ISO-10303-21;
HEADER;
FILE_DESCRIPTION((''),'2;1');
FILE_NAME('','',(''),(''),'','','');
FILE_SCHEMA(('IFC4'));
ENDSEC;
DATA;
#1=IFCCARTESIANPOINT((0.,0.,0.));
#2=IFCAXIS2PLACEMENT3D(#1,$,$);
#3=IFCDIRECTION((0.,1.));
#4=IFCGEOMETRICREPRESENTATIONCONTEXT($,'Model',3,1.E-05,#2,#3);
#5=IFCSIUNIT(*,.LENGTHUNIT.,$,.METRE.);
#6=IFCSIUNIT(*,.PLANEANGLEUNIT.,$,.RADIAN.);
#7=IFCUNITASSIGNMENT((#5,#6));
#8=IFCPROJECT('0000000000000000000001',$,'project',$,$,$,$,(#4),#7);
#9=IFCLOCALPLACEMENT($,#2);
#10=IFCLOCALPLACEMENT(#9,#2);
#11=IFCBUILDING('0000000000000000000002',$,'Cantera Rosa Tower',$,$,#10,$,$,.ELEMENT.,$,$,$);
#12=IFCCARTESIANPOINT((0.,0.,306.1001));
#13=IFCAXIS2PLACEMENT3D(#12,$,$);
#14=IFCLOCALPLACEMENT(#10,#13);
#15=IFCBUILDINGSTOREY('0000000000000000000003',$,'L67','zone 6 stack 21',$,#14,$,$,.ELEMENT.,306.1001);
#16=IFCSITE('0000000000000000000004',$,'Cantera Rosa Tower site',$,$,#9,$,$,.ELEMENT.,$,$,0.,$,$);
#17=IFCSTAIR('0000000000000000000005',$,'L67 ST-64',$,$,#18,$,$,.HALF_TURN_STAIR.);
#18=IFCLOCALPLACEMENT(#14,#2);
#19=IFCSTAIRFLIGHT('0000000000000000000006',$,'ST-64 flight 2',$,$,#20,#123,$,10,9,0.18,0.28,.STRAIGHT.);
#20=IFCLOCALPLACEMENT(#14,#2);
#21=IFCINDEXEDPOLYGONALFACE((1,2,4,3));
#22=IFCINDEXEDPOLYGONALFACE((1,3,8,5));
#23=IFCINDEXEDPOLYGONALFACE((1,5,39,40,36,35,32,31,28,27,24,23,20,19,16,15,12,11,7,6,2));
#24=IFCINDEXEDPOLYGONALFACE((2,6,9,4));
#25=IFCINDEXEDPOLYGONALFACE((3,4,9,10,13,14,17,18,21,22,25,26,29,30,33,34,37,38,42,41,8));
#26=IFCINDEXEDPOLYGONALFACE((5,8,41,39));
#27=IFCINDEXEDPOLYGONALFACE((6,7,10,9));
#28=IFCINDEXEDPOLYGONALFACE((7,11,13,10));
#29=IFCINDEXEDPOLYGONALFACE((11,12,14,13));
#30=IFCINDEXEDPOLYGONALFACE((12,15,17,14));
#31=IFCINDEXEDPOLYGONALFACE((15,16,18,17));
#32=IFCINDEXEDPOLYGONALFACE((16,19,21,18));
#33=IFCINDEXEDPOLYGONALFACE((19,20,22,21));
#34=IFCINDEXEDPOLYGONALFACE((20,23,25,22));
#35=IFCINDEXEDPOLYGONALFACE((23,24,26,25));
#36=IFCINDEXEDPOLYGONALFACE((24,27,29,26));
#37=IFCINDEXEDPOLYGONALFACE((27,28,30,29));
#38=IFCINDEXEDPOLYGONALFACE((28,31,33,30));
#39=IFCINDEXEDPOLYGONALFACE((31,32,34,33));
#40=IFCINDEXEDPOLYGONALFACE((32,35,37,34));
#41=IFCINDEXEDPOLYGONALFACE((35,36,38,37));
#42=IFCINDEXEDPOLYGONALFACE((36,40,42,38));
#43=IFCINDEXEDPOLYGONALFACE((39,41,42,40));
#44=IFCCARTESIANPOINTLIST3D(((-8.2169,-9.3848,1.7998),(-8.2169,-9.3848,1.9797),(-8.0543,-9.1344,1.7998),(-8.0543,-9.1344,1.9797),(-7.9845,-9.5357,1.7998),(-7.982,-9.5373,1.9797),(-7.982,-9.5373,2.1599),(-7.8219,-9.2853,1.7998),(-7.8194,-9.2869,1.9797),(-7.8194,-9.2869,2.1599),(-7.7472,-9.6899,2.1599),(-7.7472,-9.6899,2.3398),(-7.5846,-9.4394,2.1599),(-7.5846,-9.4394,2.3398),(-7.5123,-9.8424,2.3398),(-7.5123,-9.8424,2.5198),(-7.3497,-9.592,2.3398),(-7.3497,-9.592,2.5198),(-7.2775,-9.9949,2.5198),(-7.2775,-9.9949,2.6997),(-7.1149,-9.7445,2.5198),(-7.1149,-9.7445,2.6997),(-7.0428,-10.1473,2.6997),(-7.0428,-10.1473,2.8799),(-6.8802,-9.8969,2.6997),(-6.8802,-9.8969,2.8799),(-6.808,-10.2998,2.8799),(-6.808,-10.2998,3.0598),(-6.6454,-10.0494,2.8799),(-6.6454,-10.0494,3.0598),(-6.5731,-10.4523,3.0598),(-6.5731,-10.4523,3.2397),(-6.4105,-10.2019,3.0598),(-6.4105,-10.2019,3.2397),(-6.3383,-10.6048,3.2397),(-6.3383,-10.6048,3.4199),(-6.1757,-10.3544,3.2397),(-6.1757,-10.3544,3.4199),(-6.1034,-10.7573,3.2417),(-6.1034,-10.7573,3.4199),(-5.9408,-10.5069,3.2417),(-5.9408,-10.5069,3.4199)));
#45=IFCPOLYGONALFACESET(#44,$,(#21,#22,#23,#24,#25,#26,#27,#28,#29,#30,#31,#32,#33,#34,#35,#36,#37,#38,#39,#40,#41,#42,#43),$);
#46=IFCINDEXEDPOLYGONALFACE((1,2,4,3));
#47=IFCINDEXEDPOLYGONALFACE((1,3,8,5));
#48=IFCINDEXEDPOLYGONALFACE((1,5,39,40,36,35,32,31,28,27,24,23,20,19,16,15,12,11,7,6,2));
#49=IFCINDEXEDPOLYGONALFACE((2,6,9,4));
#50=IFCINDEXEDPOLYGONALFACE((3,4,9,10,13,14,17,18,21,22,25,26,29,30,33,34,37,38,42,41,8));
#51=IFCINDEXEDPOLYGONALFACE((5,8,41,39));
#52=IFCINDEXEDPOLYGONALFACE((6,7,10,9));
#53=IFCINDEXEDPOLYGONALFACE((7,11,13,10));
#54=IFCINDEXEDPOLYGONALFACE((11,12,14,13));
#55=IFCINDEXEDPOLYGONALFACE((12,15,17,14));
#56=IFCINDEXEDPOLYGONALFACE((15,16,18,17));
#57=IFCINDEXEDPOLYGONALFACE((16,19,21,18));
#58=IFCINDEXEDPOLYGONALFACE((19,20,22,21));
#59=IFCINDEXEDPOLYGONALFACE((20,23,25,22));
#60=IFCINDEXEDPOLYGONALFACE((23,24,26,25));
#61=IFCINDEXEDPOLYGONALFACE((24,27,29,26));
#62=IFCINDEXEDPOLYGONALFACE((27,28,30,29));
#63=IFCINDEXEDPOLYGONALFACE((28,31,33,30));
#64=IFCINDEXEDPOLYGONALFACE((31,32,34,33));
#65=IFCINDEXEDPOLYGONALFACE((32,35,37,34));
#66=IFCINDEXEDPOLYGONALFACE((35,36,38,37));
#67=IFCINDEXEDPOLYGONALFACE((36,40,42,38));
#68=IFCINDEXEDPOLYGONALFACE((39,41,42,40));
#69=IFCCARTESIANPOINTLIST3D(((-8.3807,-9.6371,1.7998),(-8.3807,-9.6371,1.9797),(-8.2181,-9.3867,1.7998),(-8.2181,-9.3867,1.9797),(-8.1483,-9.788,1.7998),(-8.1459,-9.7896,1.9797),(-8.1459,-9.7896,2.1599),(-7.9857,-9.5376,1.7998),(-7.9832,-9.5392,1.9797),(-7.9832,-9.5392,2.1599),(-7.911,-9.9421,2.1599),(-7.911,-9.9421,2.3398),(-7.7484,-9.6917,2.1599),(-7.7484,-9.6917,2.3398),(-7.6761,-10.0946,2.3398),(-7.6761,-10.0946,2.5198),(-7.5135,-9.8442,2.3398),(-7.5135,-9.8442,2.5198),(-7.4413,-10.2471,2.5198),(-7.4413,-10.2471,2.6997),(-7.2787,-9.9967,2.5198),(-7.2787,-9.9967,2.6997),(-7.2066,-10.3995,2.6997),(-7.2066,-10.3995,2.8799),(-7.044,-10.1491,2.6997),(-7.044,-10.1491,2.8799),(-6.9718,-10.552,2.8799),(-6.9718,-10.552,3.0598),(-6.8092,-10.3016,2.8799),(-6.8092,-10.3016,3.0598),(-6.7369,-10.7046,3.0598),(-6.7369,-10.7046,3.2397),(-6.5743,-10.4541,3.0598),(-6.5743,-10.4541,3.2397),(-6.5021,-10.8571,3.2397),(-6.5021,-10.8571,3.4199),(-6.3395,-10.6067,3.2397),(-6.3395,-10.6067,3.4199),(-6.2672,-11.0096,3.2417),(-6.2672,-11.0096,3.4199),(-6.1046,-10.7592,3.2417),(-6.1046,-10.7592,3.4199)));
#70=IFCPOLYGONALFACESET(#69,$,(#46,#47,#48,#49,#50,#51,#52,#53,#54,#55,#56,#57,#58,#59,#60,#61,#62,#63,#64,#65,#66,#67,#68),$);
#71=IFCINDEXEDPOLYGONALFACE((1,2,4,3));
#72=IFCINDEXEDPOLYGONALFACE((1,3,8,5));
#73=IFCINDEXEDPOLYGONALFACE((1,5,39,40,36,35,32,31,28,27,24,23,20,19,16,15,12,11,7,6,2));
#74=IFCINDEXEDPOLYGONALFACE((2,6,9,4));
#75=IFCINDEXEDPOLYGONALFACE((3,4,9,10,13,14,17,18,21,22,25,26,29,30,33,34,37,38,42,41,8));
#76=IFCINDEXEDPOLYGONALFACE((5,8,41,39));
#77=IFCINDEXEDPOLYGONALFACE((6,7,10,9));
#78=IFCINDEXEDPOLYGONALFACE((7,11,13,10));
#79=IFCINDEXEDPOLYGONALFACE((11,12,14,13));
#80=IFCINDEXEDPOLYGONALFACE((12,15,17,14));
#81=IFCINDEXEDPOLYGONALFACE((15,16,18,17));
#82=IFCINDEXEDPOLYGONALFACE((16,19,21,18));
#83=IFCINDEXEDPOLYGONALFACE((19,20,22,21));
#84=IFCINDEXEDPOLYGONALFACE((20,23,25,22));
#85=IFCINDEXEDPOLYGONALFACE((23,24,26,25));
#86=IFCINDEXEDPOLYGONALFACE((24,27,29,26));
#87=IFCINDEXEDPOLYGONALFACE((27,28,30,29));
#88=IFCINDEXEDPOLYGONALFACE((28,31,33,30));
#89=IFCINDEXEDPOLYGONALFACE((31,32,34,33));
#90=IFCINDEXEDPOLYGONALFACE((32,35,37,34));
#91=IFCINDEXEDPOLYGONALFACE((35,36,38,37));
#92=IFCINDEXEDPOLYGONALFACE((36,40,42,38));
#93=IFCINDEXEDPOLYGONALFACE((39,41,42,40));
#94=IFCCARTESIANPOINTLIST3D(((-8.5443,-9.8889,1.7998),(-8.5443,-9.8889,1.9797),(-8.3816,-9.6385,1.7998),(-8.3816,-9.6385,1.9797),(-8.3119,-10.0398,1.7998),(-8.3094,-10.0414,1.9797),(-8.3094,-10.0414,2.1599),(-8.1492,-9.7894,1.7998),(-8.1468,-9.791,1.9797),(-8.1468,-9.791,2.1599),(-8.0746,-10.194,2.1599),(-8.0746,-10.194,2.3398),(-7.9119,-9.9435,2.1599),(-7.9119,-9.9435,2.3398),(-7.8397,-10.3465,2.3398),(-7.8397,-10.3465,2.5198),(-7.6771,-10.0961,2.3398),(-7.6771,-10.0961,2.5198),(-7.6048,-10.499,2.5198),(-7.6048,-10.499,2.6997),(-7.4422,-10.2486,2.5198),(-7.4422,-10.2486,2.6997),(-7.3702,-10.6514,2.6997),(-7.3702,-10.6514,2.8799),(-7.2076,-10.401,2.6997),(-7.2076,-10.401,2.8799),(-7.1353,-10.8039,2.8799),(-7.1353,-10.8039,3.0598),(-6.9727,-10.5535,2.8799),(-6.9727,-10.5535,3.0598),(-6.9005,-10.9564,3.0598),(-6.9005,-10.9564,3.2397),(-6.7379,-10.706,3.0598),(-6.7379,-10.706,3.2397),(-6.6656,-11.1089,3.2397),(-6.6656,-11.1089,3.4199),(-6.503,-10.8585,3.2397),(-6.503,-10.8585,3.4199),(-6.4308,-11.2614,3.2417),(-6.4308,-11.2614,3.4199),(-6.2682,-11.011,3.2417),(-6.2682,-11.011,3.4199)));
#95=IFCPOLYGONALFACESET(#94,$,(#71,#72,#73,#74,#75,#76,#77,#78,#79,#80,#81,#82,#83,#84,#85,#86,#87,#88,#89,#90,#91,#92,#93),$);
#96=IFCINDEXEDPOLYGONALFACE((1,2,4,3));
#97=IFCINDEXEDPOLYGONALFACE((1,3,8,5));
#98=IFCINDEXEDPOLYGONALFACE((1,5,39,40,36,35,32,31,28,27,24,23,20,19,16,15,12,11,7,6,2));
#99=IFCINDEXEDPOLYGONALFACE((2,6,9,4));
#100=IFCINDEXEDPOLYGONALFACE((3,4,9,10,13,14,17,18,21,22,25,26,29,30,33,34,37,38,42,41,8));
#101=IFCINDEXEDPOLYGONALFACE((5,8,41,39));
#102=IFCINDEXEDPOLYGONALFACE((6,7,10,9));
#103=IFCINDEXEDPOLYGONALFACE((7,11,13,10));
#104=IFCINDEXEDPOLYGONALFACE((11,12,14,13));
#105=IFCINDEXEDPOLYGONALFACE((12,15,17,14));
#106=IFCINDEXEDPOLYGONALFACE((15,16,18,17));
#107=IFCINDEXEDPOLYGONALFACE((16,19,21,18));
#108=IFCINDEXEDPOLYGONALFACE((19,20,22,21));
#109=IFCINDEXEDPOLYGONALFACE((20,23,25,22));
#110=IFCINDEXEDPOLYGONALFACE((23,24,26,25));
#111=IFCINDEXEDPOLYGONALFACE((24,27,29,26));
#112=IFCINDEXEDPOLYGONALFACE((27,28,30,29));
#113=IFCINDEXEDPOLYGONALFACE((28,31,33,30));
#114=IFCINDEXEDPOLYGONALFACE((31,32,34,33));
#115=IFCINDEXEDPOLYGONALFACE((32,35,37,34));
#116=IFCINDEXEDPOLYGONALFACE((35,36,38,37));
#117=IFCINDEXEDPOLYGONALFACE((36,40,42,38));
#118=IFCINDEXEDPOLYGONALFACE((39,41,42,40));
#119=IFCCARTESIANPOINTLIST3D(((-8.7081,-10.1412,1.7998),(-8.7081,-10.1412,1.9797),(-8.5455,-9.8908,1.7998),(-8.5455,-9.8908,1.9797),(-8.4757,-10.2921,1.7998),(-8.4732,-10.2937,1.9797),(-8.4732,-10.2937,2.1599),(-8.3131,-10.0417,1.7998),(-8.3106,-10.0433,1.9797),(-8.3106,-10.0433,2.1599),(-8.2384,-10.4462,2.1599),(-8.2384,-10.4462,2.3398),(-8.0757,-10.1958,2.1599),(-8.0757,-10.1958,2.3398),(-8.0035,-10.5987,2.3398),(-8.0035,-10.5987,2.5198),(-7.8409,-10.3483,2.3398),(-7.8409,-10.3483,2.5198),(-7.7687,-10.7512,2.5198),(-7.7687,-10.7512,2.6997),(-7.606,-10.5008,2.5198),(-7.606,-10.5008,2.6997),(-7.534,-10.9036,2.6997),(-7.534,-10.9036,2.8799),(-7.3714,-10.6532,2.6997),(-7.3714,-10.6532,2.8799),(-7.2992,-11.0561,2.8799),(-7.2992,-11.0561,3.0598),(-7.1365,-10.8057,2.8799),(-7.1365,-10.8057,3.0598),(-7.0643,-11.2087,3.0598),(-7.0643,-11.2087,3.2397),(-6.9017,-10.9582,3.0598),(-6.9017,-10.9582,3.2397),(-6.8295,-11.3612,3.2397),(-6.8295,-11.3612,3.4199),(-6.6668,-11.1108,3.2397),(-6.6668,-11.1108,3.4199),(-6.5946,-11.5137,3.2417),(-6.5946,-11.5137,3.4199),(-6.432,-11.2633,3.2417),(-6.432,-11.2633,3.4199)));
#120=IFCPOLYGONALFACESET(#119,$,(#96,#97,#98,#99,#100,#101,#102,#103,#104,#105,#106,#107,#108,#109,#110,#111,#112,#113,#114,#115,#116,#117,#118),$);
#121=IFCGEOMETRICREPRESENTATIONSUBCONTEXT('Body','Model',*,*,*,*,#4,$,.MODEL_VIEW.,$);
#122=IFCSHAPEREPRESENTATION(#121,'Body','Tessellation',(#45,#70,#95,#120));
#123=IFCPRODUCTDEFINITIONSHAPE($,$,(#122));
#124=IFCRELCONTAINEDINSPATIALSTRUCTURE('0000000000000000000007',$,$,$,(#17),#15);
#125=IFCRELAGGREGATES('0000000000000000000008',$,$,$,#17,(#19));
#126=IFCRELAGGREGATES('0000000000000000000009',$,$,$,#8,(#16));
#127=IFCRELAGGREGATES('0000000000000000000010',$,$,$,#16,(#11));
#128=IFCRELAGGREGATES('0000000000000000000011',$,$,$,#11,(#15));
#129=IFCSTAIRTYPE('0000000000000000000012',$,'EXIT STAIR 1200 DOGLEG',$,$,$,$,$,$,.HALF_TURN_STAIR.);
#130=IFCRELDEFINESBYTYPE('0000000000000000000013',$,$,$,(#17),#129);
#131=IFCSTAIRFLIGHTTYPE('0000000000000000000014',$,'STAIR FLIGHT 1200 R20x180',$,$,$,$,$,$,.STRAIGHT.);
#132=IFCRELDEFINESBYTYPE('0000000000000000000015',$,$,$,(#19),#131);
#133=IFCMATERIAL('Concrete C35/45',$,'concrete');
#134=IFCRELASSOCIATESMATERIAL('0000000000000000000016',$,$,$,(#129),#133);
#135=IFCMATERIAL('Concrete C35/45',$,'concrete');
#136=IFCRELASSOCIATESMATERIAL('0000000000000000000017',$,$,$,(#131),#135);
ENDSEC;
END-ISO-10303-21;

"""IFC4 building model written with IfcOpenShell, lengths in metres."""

from ifc_helpers import new_model, si_unit, direction, frame, origin, place, context, subcontext, project, spatial, polyline, outline, extrude, material, type_object, element, aggregate, save


model = new_model("IFC4")

# Units and contexts
model_context = context("Model", 3, precision=1e-05, world=origin(), true_north=direction((0.0, 1.0)))
body_context = subcontext(model_context, "Body", "Model", "MODEL_VIEW")
ifc_project = project(units=[si_unit("LENGTHUNIT", "METRE"), si_unit("PLANEANGLEUNIT", "RADIAN")], contexts=[model_context])

# Site, building, storey
site_placement = place(None, origin())
site = spatial("IfcSite", under=ifc_project, at=site_placement, Name="Cantera Rosa Tower site", CompositionType="ELEMENT", RefElevation=0.0)
building_placement = place(site_placement, origin())
building = spatial("IfcBuilding", under=site, at=building_placement, Name="Cantera Rosa Tower", CompositionType="ELEMENT")
storey_placement = place(building_placement, frame((0.0, 0.0, 306.1001)))
storey = spatial("IfcBuildingStorey", under=building, at=storey_placement, Name="L67", Description="zone 6 stack 21", CompositionType="ELEMENT", Elevation=306.1001)

# Stair, stair flight
ifc_material_1 = material(Name="Concrete C35/45", Category="concrete")
stair_type = type_object("IfcStairType", Name="EXIT STAIR 1200 DOGLEG", PredefinedType="HALF_TURN_STAIR", material=ifc_material_1)
stair_placement = place(storey_placement, origin())
stair = element("IfcStair", 1, at=stair_placement, inside=storey, type_object=stair_type, Name="L67 ST-64", PredefinedType="HALF_TURN_STAIR")
ifc_material_2 = material(Name="Concrete C35/45", Category="concrete")
stair_flight_type = type_object("IfcStairFlightType", Name="STAIR FLIGHT 1200 R20x180", PredefinedType="STRAIGHT", material=ifc_material_2)
stair_flight_1_placement = place(storey_placement, frame((-8.3811, -9.6377, 1.7998), z_axis=(0.0, 0.0, 1.0), x_axis=(0.838671, -0.544639, 0.0)))
stair_flight_1 = element("IfcStairFlight", 2, at=stair_flight_1_placement, type_object=stair_flight_type, Name="ST-64 flight 2", NumberOfRisers=10, NumberOfTreads=9, PredefinedType="STRAIGHT", RiserHeight=0.18, TreadLength=0.28, context=body_context, shape_type="SweptSolid", body=[
    extrude(outline(polyline([(0.0, 0.0), (0.0, 0.1799), (0.28, 0.1799), (0.28, 0.3601), (0.5601, 0.3601), (0.5601, 0.54), (0.8401, 0.54), (0.8401, 0.72), (1.1201, 0.72), (1.1201, 0.8999), (1.3999, 0.8999), (1.3999, 1.0801), (1.6799, 1.0801), (1.6799, 1.26), (1.96, 1.26), (1.96, 1.4399), (2.24, 1.4399), (2.24, 1.6201), (2.52, 1.6201), (2.52, 1.8), (2.52, 1.4419), (0.2771, 0.0), (0.0, 0.0)])), frame((0.0, 0.6001, 0.0), z_axis=(0.0, -1.0, 0.0), x_axis=(1.0, 0.0, 0.0)), (0.0, 0.0, 1.0), 0.2986),
    extrude(outline(polyline([(0.0, 0.0), (0.0, 0.1799), (0.28, 0.1799), (0.28, 0.3601), (0.5601, 0.3601), (0.5601, 0.54), (0.8401, 0.54), (0.8401, 0.72), (1.1201, 0.72), (1.1201, 0.8999), (1.3999, 0.8999), (1.3999, 1.0801), (1.6799, 1.0801), (1.6799, 1.26), (1.96, 1.26), (1.96, 1.4399), (2.24, 1.4399), (2.24, 1.6201), (2.52, 1.6201), (2.52, 1.8), (2.52, 1.4419), (0.2771, 0.0), (0.0, 0.0)])), frame((0.0, 0.2993, 0.0), z_axis=(0.0, -1.0, 0.0), x_axis=(1.0, 0.0, 0.0)), (0.0, 0.0, 1.0), 0.2986),
    extrude(outline(polyline([(0.0, 0.0), (0.0, 0.1799), (0.28, 0.1799), (0.28, 0.3601), (0.5601, 0.3601), (0.5601, 0.54), (0.8401, 0.54), (0.8401, 0.72), (1.1201, 0.72), (1.1201, 0.8999), (1.3999, 0.8999), (1.3999, 1.0801), (1.6799, 1.0801), (1.6799, 1.26), (1.96, 1.26), (1.96, 1.4399), (2.24, 1.4399), (2.24, 1.6201), (2.52, 1.6201), (2.52, 1.8), (2.52, 1.4419), (0.2771, 0.0), (0.0, 0.0)])), frame((0.0, -0.001, 0.0), z_axis=(0.0, -1.0, 0.0), x_axis=(1.0, 0.0, 0.0)), (0.0, 0.0, 1.0), 0.2986),
    extrude(outline(polyline([(0.0, 0.0), (0.0, 0.1799), (0.28, 0.1799), (0.28, 0.3601), (0.5601, 0.3601), (0.5601, 0.54), (0.8401, 0.54), (0.8401, 0.72), (1.1201, 0.72), (1.1201, 0.8999), (1.3999, 0.8999), (1.3999, 1.0801), (1.6799, 1.0801), (1.6799, 1.26), (1.96, 1.26), (1.96, 1.4399), (2.24, 1.4399), (2.24, 1.6201), (2.52, 1.6201), (2.52, 1.8), (2.52, 1.4419), (0.2771, 0.0), (0.0, 0.0)])), frame((0.0, -0.3018, 0.0), z_axis=(0.0, -1.0, 0.0), x_axis=(1.0, 0.0, 0.0)), (0.0, 0.0, 1.0), 0.2986),
])
aggregate(stair, [stair_flight_1])

save(model, "model.ifc")
